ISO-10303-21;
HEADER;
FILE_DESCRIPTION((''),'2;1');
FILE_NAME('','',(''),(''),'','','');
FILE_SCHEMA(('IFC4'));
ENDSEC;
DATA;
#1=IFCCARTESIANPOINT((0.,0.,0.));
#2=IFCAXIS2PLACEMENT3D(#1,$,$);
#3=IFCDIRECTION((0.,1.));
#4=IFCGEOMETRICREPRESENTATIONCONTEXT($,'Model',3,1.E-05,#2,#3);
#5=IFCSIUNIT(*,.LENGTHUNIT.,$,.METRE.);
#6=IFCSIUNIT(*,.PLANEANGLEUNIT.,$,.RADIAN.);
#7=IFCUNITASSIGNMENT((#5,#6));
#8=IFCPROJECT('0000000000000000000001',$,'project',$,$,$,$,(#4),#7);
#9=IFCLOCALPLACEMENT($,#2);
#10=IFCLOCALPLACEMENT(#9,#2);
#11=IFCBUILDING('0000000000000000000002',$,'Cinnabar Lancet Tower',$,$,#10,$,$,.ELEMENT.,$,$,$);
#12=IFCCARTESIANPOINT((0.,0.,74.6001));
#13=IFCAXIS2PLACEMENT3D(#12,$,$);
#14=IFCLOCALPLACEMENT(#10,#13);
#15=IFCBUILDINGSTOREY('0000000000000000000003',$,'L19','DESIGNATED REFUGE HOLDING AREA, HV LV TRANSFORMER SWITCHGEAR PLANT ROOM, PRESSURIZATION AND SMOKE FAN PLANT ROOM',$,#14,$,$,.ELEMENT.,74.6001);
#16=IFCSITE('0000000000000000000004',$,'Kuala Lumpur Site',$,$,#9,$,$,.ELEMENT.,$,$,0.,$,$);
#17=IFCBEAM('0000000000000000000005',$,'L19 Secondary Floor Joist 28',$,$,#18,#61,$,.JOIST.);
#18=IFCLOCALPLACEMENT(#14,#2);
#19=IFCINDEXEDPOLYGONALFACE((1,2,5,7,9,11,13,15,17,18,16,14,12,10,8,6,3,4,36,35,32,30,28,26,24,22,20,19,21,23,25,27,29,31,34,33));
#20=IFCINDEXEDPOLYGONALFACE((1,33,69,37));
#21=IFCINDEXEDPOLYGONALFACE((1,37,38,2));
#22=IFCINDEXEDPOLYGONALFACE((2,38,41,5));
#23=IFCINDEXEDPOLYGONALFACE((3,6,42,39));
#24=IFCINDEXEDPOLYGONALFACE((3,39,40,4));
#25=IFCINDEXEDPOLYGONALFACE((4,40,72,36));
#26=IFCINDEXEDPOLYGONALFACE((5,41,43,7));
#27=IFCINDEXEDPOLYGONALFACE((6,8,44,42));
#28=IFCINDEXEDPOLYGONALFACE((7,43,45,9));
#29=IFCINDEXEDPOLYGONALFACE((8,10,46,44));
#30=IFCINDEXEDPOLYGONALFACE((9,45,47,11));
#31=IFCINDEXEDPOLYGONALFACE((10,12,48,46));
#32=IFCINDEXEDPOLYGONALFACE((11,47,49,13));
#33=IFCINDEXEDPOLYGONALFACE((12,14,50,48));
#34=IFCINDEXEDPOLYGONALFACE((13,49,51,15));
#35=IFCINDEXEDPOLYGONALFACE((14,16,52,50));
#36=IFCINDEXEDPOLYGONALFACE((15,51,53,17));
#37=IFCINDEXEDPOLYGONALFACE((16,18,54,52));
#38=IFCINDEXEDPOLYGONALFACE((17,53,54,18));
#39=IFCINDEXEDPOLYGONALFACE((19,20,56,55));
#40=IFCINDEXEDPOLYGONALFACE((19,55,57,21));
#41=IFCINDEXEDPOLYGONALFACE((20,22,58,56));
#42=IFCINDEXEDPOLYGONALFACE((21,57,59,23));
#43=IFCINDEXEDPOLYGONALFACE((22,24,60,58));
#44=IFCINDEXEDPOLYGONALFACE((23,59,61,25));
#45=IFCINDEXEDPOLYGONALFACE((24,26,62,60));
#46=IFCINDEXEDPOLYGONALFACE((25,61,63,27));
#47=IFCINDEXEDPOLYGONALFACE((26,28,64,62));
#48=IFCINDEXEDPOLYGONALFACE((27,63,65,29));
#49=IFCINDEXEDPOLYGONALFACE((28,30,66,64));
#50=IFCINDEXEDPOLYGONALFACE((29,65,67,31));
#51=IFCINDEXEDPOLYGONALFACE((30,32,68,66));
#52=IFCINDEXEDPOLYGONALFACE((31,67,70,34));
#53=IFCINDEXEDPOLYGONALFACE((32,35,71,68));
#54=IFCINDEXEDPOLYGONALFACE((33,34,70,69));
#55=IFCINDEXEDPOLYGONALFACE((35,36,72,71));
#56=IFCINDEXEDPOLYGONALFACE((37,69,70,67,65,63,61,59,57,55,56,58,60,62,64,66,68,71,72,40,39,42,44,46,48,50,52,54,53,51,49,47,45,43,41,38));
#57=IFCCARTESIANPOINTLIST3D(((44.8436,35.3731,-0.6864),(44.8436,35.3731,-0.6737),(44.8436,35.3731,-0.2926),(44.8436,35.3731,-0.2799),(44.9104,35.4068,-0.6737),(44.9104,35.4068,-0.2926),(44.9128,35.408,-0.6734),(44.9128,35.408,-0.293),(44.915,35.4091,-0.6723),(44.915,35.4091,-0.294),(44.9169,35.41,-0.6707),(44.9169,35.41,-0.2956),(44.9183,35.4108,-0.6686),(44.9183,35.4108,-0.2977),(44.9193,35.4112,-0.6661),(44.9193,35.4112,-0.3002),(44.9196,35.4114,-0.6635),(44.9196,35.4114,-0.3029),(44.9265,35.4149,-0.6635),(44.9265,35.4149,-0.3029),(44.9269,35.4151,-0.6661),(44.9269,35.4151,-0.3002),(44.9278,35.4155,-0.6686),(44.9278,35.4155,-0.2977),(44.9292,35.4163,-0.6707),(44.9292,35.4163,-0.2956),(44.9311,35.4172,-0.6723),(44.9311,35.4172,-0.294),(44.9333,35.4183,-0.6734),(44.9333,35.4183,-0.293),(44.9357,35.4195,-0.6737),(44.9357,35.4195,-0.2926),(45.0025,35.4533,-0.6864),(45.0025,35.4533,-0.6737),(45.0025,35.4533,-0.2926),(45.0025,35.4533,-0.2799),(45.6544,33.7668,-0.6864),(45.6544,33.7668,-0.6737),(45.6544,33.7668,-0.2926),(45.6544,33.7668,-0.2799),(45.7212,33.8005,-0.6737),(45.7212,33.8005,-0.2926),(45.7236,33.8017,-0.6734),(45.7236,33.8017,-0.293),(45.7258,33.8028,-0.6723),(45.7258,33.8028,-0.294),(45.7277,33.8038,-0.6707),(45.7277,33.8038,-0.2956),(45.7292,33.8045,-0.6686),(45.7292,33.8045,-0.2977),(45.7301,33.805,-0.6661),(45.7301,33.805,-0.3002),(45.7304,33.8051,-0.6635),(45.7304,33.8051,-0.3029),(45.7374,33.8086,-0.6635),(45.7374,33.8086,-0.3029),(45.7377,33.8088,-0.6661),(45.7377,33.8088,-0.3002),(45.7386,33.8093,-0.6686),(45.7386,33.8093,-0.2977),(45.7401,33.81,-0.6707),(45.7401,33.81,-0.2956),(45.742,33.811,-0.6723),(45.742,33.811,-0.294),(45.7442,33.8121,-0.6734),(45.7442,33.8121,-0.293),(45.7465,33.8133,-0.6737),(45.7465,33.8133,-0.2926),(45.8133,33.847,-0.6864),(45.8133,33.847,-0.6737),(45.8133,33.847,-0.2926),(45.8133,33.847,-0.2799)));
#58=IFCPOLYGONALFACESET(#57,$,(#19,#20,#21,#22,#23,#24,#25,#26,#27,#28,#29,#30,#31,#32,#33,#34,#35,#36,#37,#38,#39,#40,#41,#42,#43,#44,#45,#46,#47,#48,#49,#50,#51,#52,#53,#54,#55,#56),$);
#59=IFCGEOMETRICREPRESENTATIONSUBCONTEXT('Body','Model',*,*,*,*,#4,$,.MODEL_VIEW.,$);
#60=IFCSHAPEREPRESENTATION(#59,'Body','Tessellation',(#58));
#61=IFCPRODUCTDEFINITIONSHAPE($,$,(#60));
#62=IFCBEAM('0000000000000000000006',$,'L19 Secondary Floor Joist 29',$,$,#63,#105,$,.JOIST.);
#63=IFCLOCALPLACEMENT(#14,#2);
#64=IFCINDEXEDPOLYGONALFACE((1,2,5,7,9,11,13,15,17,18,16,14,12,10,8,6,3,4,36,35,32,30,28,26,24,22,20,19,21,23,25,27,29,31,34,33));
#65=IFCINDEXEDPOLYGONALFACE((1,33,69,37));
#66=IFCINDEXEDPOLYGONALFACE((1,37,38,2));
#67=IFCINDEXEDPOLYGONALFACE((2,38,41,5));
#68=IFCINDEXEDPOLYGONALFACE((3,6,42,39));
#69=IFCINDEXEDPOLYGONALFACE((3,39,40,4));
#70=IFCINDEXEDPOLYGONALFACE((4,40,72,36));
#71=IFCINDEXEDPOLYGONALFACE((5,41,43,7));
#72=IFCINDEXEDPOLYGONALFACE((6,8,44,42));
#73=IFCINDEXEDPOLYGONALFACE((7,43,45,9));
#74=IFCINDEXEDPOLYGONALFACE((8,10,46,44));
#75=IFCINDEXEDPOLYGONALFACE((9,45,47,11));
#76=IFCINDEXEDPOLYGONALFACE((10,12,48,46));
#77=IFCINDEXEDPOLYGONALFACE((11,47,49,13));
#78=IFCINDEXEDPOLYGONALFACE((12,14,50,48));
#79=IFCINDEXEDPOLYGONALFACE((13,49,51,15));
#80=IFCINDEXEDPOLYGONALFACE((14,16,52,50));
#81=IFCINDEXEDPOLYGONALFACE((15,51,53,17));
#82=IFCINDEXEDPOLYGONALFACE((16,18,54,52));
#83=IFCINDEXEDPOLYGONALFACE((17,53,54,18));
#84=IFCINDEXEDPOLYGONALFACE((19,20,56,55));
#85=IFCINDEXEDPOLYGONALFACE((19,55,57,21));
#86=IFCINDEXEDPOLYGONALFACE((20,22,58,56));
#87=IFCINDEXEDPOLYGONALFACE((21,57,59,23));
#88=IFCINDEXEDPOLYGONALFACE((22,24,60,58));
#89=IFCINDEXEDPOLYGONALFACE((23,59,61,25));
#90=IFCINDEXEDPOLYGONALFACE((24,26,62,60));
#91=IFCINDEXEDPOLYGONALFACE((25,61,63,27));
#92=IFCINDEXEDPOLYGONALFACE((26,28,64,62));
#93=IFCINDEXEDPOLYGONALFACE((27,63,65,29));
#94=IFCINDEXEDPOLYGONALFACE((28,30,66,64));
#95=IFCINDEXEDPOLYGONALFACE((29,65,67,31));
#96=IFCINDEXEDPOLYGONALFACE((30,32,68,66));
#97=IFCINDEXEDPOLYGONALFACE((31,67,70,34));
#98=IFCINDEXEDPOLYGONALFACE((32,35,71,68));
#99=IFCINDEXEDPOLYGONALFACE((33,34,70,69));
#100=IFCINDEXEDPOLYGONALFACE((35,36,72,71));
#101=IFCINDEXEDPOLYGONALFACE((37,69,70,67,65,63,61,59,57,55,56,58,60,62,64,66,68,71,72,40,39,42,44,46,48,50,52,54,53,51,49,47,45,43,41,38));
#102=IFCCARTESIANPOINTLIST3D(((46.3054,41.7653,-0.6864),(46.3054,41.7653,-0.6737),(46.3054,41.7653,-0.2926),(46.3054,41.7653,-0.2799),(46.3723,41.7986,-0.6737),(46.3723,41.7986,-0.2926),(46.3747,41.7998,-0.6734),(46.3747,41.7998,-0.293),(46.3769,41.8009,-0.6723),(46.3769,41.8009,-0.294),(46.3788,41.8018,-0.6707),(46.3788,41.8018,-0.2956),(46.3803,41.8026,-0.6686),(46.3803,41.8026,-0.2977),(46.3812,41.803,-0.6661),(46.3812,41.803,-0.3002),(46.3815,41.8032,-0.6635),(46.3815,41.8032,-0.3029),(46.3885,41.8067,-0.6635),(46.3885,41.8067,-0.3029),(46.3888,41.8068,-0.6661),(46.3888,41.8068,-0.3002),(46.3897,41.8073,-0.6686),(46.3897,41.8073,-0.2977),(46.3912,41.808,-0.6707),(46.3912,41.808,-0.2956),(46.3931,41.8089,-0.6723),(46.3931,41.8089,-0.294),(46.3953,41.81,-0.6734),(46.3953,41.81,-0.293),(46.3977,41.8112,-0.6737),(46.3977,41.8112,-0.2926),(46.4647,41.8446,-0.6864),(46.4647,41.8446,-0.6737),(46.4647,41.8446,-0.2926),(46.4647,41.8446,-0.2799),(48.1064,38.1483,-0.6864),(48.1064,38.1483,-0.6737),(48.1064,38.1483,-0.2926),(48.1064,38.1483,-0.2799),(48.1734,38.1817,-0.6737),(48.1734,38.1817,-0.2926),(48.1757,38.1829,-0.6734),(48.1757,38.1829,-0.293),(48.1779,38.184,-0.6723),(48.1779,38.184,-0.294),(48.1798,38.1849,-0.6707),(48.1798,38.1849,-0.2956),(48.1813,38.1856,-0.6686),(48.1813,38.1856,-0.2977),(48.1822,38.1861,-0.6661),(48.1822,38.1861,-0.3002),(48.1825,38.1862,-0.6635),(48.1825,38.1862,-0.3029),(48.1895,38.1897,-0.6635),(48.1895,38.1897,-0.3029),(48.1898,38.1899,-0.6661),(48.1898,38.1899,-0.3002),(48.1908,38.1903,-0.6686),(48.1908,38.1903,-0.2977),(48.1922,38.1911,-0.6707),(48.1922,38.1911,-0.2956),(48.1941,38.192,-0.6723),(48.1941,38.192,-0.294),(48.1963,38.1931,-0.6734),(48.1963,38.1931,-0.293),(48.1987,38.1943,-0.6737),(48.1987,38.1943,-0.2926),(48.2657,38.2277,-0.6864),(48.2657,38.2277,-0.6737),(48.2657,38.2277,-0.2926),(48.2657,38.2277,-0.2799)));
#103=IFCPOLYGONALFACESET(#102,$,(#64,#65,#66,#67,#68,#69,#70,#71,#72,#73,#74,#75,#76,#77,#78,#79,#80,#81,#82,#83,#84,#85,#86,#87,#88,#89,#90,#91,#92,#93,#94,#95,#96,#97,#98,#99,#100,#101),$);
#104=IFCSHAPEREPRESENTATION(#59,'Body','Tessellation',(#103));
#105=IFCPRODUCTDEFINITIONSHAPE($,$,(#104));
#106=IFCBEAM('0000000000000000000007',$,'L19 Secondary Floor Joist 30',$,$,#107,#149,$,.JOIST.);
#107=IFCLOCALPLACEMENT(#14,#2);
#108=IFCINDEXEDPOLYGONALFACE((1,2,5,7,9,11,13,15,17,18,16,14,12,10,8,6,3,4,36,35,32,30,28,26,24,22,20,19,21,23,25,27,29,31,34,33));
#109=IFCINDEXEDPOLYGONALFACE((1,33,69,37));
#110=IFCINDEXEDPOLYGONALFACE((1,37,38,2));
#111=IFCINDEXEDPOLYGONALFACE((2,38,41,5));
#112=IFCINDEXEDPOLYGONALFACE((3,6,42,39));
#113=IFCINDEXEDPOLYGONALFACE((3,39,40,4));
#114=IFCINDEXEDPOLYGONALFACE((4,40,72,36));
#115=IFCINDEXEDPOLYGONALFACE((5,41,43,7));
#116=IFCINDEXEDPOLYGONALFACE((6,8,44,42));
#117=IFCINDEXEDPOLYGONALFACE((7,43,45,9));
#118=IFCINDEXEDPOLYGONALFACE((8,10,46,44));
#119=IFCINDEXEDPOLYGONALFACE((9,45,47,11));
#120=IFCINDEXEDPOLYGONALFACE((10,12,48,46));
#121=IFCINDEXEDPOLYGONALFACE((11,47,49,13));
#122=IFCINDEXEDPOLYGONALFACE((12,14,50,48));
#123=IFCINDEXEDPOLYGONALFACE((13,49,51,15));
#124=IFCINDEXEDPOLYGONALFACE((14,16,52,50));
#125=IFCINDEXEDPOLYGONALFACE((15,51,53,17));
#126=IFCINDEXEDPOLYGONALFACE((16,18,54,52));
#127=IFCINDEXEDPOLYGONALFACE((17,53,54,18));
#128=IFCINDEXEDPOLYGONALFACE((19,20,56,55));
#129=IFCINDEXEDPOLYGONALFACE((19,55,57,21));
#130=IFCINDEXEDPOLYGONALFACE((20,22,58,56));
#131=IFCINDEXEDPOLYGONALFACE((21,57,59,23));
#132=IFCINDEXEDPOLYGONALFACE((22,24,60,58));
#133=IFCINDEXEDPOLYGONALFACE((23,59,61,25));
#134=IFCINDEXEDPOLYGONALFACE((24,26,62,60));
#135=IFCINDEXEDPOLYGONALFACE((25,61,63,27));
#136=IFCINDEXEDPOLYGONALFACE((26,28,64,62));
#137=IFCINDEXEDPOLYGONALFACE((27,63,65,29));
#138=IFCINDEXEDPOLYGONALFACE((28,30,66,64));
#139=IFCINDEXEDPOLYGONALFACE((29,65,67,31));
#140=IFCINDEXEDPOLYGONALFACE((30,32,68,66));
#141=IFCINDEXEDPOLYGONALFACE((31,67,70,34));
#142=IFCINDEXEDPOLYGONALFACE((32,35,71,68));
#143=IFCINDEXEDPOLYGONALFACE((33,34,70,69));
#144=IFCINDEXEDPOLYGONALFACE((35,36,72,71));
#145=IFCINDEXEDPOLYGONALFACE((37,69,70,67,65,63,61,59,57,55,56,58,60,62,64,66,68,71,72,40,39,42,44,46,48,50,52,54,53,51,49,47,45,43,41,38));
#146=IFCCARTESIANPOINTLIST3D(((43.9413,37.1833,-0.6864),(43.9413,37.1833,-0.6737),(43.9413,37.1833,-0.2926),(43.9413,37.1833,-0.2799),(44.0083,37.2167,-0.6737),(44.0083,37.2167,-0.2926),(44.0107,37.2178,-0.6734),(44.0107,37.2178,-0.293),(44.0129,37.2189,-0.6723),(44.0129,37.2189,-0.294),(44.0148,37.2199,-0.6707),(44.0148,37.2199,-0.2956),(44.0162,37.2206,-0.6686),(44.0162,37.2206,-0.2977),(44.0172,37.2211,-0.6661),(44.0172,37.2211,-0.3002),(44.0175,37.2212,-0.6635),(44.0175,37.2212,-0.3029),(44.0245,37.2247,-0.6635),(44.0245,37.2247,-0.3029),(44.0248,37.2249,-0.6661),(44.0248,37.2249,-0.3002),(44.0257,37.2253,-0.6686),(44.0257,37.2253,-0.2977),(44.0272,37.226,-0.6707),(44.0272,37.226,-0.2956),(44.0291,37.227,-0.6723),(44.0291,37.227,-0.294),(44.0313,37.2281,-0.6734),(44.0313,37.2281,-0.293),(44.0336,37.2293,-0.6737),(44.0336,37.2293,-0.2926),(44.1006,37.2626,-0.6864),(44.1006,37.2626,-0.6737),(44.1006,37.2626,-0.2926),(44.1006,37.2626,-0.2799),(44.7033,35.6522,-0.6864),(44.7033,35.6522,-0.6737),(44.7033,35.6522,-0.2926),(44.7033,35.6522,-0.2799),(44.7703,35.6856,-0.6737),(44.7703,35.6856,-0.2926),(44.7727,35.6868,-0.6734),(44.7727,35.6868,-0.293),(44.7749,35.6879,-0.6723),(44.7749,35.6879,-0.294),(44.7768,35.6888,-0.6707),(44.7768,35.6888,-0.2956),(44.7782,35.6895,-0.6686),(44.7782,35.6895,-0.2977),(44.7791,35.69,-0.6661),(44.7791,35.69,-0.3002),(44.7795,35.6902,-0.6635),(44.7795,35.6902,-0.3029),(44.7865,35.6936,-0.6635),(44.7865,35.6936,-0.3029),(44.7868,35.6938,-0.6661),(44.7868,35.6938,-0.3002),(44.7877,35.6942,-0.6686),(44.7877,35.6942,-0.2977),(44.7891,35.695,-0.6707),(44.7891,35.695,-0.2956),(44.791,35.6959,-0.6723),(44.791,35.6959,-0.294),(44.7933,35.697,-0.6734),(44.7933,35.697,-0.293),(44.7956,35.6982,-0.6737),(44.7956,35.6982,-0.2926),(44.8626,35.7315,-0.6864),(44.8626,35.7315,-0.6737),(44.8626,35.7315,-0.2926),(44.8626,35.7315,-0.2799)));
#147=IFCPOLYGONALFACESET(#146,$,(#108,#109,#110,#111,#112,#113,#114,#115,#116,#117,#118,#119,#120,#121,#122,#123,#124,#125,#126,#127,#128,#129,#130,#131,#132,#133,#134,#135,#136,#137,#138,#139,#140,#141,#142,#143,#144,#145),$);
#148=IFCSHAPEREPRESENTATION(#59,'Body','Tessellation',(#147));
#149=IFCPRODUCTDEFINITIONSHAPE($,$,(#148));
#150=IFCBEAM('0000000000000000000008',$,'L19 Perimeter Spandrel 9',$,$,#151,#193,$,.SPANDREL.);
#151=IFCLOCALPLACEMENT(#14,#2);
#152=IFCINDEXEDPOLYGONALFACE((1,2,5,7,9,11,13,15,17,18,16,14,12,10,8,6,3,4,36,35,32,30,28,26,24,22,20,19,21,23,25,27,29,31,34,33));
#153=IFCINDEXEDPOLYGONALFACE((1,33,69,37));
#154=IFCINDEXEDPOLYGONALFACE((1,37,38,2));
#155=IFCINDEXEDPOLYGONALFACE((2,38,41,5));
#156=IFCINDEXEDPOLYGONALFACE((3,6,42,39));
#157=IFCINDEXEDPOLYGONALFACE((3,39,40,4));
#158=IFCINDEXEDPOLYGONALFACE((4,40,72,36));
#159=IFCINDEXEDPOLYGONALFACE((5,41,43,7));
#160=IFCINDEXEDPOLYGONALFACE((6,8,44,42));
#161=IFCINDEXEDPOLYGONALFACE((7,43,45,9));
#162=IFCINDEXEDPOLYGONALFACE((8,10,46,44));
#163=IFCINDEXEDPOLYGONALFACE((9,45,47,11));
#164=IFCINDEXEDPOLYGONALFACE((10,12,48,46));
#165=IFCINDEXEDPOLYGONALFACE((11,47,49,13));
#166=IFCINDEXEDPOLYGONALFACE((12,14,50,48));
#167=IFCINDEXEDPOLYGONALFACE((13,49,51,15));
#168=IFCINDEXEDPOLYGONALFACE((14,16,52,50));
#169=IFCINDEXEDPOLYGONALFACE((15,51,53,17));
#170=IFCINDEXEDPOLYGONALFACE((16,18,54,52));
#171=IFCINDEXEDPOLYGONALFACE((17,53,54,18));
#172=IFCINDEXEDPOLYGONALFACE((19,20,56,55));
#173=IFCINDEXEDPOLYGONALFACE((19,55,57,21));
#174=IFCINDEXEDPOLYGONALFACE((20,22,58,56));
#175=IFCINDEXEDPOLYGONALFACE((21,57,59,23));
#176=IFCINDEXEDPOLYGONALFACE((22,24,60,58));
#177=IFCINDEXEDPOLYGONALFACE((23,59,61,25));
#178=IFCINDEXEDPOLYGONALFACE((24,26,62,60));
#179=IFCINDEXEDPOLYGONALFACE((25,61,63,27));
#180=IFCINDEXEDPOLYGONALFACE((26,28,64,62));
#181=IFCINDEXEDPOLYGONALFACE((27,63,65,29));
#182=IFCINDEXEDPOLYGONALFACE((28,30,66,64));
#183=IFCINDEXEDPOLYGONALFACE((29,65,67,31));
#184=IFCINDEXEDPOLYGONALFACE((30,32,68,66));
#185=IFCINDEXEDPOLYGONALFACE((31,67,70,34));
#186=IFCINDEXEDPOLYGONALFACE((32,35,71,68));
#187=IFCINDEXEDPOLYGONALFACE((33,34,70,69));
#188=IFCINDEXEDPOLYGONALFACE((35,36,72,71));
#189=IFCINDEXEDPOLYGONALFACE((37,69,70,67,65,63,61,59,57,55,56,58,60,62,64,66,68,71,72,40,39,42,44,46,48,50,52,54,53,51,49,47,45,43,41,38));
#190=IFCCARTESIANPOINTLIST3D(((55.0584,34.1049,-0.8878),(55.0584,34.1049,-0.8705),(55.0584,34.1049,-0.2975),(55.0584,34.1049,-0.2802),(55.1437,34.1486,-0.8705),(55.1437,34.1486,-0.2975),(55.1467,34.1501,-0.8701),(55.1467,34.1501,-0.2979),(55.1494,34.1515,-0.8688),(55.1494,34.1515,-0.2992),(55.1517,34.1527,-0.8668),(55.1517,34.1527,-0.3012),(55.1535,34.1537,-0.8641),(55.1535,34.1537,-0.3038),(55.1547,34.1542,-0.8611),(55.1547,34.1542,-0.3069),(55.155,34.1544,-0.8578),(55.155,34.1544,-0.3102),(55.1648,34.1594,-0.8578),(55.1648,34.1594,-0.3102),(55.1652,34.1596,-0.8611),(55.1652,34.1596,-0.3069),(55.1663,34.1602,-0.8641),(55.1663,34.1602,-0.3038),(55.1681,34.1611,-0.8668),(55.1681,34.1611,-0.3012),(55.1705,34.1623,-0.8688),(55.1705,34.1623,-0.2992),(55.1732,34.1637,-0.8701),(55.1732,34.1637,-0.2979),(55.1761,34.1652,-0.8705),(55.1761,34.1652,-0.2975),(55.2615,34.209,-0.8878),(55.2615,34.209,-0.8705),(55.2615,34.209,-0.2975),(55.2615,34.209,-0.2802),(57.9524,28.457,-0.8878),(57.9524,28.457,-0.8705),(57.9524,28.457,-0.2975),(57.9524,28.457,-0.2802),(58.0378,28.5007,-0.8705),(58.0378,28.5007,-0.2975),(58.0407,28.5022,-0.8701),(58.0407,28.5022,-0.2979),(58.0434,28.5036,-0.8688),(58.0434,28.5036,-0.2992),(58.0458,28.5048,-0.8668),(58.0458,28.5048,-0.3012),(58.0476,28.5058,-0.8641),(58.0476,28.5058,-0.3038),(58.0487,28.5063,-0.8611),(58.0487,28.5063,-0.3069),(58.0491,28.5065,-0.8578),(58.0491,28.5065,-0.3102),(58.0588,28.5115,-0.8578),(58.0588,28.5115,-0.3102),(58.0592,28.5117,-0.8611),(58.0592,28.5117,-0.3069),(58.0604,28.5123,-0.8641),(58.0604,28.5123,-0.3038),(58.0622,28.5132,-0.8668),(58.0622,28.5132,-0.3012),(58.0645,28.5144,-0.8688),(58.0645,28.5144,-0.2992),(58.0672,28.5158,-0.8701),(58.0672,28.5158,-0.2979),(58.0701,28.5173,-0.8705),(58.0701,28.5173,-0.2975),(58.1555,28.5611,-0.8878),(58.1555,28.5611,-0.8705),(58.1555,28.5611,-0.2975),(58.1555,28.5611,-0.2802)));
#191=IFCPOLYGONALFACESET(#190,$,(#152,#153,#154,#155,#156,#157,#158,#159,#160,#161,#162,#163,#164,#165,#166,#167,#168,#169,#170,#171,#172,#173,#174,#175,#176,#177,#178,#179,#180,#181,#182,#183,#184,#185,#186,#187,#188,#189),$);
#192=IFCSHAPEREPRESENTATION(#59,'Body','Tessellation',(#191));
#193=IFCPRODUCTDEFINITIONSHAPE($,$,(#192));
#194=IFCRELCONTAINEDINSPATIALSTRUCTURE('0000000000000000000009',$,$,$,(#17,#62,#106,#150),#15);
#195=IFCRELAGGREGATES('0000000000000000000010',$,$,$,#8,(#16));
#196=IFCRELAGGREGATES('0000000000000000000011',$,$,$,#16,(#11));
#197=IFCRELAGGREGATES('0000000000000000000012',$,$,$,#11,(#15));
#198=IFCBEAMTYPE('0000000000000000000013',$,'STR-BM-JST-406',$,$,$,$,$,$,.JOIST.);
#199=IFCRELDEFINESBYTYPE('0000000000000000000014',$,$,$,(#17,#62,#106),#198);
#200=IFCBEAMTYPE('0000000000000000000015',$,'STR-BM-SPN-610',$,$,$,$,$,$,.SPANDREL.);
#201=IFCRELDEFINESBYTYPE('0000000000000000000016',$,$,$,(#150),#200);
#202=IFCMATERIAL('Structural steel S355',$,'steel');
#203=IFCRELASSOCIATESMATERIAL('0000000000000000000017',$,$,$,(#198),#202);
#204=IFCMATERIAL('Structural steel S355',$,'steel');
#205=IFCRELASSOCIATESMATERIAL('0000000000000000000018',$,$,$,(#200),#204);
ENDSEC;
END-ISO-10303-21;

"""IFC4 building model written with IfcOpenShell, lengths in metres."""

from ifc_helpers import new_model, si_unit, direction, frame, origin, origin_2d, place, context, subcontext, project, spatial, i_section, extrude, material, material_profile, profile_set, type_object, element, save


model = new_model("IFC4")

# Units and contexts
model_context = context("Model", 3, precision=1e-05, world=origin(), true_north=direction((0.0, 1.0)))
body_context = subcontext(model_context, "Body", "Model", "MODEL_VIEW")
ifc_project = project(units=[si_unit("LENGTHUNIT", "METRE"), si_unit("PLANEANGLEUNIT", "RADIAN")], contexts=[model_context])

# Site, building, storey
site_placement = place(None, origin())
site = spatial("IfcSite", under=ifc_project, at=site_placement, Name="Kuala Lumpur Site", CompositionType="ELEMENT", RefElevation=0.0)
building_placement = place(site_placement, origin())
building = spatial("IfcBuilding", under=site, at=building_placement, Name="Cinnabar Lancet Tower", CompositionType="ELEMENT")
storey_placement = place(building_placement, frame((0.0, 0.0, 74.6001)))
storey = spatial("IfcBuildingStorey", under=building, at=storey_placement, Name="L19", Description="DESIGNATED REFUGE HOLDING AREA, HV LV TRANSFORMER SWITCHGEAR PLANT ROOM, PRESSURIZATION AND SMOKE FAN PLANT ROOM", CompositionType="ELEMENT", Elevation=74.6001)

# Beams
ifc_material_1 = material(Name="Structural steel S355", Category="steel")
ifc_material_profile_1 = material_profile(ifc_material_1, i_section(OverallWidth=0.178, OverallDepth=0.4065, WebThickness=0.0078, FlangeThickness=0.0127, FilletRadius=0.0103, at=origin_2d()), Name="UKB 406x178x60")
ifc_profile_set_1 = profile_set([ifc_material_profile_1], Name="Structural steel S355")
beam_type_1 = type_object("IfcBeamType", Name="STR-BM-JST-406", PredefinedType="JOIST", material=ifc_profile_set_1)
beam_1_placement = place(storey_placement, frame((45.7339, 33.8069, -0.4832), z_axis=(-0.45063, 0.892711, 0.0), x_axis=(-0.892711, -0.45063, 0.0)))
element("IfcBeam", 1, at=beam_1_placement, inside=storey, type_object=beam_type_1, Name="L19 Secondary Floor Joist 28", PredefinedType="JOIST", context=body_context, shape_type="SweptSolid", body=[
    extrude(i_section(OverallWidth=0.178, OverallDepth=0.4065, WebThickness=0.0078, FlangeThickness=0.0127, FilletRadius=0.0103, at=origin_2d()), origin(), (0.0, 0.0, 1.0), 1.7993),
])
beam_2_placement = place(storey_placement, frame((48.186, 38.188, -0.4832), z_axis=(-0.445739, 0.895163, 0.0), x_axis=(-0.895163, -0.445739, 0.0)))
element("IfcBeam", 2, at=beam_2_placement, inside=storey, type_object=beam_type_1, Name="L19 Secondary Floor Joist 29", PredefinedType="JOIST", context=body_context, shape_type="SweptSolid", body=[
    extrude(i_section(OverallWidth=0.178, OverallDepth=0.4065, WebThickness=0.0078, FlangeThickness=0.0127, FilletRadius=0.0103, at=origin_2d()), origin(), (0.0, 0.0, 1.0), 4.0405),
])
beam_3_placement = place(storey_placement, frame((44.783, 35.6919, -0.4832), z_axis=(-0.445557, 0.895254, 0.0), x_axis=(-0.895254, -0.445557, 0.0)))
element("IfcBeam", 3, at=beam_3_placement, inside=storey, type_object=beam_type_1, Name="L19 Secondary Floor Joist 30", PredefinedType="JOIST", context=body_context, shape_type="SweptSolid", body=[
    extrude(i_section(OverallWidth=0.178, OverallDepth=0.4065, WebThickness=0.0078, FlangeThickness=0.0127, FilletRadius=0.0103, at=origin_2d()), origin(), (0.0, 0.0, 1.0), 1.7102),
])
ifc_material_2 = material(Name="Structural steel S355", Category="steel")
ifc_material_profile_2 = material_profile(ifc_material_2, i_section(OverallWidth=0.2283, OverallDepth=0.6077, WebThickness=0.011, FlangeThickness=0.0173, FilletRadius=0.0127, at=origin_2d()), Name="UKB 610x229x113")
ifc_profile_set_2 = profile_set([ifc_material_profile_2], Name="Structural steel S355")
beam_type_2 = type_object("IfcBeamType", Name="STR-BM-SPN-610", PredefinedType="SPANDREL", material=ifc_profile_set_2)
beam_4_placement = place(storey_placement, frame((58.054, 28.509, -0.584), z_axis=(-0.456025, 0.889967, 0.0), x_axis=(-0.889967, -0.456025, 0.0)))
element("IfcBeam", 4, at=beam_4_placement, inside=storey, type_object=beam_type_2, Name="L19 Perimeter Spandrel 9", PredefinedType="SPANDREL", context=body_context, shape_type="SweptSolid", body=[
    extrude(i_section(OverallWidth=0.2283, OverallDepth=0.6077, WebThickness=0.011, FlangeThickness=0.0173, FilletRadius=0.0127, at=origin_2d()), origin(), (0.0, 0.0, 1.0), 6.3462),
])

save(model, "model.ifc")
